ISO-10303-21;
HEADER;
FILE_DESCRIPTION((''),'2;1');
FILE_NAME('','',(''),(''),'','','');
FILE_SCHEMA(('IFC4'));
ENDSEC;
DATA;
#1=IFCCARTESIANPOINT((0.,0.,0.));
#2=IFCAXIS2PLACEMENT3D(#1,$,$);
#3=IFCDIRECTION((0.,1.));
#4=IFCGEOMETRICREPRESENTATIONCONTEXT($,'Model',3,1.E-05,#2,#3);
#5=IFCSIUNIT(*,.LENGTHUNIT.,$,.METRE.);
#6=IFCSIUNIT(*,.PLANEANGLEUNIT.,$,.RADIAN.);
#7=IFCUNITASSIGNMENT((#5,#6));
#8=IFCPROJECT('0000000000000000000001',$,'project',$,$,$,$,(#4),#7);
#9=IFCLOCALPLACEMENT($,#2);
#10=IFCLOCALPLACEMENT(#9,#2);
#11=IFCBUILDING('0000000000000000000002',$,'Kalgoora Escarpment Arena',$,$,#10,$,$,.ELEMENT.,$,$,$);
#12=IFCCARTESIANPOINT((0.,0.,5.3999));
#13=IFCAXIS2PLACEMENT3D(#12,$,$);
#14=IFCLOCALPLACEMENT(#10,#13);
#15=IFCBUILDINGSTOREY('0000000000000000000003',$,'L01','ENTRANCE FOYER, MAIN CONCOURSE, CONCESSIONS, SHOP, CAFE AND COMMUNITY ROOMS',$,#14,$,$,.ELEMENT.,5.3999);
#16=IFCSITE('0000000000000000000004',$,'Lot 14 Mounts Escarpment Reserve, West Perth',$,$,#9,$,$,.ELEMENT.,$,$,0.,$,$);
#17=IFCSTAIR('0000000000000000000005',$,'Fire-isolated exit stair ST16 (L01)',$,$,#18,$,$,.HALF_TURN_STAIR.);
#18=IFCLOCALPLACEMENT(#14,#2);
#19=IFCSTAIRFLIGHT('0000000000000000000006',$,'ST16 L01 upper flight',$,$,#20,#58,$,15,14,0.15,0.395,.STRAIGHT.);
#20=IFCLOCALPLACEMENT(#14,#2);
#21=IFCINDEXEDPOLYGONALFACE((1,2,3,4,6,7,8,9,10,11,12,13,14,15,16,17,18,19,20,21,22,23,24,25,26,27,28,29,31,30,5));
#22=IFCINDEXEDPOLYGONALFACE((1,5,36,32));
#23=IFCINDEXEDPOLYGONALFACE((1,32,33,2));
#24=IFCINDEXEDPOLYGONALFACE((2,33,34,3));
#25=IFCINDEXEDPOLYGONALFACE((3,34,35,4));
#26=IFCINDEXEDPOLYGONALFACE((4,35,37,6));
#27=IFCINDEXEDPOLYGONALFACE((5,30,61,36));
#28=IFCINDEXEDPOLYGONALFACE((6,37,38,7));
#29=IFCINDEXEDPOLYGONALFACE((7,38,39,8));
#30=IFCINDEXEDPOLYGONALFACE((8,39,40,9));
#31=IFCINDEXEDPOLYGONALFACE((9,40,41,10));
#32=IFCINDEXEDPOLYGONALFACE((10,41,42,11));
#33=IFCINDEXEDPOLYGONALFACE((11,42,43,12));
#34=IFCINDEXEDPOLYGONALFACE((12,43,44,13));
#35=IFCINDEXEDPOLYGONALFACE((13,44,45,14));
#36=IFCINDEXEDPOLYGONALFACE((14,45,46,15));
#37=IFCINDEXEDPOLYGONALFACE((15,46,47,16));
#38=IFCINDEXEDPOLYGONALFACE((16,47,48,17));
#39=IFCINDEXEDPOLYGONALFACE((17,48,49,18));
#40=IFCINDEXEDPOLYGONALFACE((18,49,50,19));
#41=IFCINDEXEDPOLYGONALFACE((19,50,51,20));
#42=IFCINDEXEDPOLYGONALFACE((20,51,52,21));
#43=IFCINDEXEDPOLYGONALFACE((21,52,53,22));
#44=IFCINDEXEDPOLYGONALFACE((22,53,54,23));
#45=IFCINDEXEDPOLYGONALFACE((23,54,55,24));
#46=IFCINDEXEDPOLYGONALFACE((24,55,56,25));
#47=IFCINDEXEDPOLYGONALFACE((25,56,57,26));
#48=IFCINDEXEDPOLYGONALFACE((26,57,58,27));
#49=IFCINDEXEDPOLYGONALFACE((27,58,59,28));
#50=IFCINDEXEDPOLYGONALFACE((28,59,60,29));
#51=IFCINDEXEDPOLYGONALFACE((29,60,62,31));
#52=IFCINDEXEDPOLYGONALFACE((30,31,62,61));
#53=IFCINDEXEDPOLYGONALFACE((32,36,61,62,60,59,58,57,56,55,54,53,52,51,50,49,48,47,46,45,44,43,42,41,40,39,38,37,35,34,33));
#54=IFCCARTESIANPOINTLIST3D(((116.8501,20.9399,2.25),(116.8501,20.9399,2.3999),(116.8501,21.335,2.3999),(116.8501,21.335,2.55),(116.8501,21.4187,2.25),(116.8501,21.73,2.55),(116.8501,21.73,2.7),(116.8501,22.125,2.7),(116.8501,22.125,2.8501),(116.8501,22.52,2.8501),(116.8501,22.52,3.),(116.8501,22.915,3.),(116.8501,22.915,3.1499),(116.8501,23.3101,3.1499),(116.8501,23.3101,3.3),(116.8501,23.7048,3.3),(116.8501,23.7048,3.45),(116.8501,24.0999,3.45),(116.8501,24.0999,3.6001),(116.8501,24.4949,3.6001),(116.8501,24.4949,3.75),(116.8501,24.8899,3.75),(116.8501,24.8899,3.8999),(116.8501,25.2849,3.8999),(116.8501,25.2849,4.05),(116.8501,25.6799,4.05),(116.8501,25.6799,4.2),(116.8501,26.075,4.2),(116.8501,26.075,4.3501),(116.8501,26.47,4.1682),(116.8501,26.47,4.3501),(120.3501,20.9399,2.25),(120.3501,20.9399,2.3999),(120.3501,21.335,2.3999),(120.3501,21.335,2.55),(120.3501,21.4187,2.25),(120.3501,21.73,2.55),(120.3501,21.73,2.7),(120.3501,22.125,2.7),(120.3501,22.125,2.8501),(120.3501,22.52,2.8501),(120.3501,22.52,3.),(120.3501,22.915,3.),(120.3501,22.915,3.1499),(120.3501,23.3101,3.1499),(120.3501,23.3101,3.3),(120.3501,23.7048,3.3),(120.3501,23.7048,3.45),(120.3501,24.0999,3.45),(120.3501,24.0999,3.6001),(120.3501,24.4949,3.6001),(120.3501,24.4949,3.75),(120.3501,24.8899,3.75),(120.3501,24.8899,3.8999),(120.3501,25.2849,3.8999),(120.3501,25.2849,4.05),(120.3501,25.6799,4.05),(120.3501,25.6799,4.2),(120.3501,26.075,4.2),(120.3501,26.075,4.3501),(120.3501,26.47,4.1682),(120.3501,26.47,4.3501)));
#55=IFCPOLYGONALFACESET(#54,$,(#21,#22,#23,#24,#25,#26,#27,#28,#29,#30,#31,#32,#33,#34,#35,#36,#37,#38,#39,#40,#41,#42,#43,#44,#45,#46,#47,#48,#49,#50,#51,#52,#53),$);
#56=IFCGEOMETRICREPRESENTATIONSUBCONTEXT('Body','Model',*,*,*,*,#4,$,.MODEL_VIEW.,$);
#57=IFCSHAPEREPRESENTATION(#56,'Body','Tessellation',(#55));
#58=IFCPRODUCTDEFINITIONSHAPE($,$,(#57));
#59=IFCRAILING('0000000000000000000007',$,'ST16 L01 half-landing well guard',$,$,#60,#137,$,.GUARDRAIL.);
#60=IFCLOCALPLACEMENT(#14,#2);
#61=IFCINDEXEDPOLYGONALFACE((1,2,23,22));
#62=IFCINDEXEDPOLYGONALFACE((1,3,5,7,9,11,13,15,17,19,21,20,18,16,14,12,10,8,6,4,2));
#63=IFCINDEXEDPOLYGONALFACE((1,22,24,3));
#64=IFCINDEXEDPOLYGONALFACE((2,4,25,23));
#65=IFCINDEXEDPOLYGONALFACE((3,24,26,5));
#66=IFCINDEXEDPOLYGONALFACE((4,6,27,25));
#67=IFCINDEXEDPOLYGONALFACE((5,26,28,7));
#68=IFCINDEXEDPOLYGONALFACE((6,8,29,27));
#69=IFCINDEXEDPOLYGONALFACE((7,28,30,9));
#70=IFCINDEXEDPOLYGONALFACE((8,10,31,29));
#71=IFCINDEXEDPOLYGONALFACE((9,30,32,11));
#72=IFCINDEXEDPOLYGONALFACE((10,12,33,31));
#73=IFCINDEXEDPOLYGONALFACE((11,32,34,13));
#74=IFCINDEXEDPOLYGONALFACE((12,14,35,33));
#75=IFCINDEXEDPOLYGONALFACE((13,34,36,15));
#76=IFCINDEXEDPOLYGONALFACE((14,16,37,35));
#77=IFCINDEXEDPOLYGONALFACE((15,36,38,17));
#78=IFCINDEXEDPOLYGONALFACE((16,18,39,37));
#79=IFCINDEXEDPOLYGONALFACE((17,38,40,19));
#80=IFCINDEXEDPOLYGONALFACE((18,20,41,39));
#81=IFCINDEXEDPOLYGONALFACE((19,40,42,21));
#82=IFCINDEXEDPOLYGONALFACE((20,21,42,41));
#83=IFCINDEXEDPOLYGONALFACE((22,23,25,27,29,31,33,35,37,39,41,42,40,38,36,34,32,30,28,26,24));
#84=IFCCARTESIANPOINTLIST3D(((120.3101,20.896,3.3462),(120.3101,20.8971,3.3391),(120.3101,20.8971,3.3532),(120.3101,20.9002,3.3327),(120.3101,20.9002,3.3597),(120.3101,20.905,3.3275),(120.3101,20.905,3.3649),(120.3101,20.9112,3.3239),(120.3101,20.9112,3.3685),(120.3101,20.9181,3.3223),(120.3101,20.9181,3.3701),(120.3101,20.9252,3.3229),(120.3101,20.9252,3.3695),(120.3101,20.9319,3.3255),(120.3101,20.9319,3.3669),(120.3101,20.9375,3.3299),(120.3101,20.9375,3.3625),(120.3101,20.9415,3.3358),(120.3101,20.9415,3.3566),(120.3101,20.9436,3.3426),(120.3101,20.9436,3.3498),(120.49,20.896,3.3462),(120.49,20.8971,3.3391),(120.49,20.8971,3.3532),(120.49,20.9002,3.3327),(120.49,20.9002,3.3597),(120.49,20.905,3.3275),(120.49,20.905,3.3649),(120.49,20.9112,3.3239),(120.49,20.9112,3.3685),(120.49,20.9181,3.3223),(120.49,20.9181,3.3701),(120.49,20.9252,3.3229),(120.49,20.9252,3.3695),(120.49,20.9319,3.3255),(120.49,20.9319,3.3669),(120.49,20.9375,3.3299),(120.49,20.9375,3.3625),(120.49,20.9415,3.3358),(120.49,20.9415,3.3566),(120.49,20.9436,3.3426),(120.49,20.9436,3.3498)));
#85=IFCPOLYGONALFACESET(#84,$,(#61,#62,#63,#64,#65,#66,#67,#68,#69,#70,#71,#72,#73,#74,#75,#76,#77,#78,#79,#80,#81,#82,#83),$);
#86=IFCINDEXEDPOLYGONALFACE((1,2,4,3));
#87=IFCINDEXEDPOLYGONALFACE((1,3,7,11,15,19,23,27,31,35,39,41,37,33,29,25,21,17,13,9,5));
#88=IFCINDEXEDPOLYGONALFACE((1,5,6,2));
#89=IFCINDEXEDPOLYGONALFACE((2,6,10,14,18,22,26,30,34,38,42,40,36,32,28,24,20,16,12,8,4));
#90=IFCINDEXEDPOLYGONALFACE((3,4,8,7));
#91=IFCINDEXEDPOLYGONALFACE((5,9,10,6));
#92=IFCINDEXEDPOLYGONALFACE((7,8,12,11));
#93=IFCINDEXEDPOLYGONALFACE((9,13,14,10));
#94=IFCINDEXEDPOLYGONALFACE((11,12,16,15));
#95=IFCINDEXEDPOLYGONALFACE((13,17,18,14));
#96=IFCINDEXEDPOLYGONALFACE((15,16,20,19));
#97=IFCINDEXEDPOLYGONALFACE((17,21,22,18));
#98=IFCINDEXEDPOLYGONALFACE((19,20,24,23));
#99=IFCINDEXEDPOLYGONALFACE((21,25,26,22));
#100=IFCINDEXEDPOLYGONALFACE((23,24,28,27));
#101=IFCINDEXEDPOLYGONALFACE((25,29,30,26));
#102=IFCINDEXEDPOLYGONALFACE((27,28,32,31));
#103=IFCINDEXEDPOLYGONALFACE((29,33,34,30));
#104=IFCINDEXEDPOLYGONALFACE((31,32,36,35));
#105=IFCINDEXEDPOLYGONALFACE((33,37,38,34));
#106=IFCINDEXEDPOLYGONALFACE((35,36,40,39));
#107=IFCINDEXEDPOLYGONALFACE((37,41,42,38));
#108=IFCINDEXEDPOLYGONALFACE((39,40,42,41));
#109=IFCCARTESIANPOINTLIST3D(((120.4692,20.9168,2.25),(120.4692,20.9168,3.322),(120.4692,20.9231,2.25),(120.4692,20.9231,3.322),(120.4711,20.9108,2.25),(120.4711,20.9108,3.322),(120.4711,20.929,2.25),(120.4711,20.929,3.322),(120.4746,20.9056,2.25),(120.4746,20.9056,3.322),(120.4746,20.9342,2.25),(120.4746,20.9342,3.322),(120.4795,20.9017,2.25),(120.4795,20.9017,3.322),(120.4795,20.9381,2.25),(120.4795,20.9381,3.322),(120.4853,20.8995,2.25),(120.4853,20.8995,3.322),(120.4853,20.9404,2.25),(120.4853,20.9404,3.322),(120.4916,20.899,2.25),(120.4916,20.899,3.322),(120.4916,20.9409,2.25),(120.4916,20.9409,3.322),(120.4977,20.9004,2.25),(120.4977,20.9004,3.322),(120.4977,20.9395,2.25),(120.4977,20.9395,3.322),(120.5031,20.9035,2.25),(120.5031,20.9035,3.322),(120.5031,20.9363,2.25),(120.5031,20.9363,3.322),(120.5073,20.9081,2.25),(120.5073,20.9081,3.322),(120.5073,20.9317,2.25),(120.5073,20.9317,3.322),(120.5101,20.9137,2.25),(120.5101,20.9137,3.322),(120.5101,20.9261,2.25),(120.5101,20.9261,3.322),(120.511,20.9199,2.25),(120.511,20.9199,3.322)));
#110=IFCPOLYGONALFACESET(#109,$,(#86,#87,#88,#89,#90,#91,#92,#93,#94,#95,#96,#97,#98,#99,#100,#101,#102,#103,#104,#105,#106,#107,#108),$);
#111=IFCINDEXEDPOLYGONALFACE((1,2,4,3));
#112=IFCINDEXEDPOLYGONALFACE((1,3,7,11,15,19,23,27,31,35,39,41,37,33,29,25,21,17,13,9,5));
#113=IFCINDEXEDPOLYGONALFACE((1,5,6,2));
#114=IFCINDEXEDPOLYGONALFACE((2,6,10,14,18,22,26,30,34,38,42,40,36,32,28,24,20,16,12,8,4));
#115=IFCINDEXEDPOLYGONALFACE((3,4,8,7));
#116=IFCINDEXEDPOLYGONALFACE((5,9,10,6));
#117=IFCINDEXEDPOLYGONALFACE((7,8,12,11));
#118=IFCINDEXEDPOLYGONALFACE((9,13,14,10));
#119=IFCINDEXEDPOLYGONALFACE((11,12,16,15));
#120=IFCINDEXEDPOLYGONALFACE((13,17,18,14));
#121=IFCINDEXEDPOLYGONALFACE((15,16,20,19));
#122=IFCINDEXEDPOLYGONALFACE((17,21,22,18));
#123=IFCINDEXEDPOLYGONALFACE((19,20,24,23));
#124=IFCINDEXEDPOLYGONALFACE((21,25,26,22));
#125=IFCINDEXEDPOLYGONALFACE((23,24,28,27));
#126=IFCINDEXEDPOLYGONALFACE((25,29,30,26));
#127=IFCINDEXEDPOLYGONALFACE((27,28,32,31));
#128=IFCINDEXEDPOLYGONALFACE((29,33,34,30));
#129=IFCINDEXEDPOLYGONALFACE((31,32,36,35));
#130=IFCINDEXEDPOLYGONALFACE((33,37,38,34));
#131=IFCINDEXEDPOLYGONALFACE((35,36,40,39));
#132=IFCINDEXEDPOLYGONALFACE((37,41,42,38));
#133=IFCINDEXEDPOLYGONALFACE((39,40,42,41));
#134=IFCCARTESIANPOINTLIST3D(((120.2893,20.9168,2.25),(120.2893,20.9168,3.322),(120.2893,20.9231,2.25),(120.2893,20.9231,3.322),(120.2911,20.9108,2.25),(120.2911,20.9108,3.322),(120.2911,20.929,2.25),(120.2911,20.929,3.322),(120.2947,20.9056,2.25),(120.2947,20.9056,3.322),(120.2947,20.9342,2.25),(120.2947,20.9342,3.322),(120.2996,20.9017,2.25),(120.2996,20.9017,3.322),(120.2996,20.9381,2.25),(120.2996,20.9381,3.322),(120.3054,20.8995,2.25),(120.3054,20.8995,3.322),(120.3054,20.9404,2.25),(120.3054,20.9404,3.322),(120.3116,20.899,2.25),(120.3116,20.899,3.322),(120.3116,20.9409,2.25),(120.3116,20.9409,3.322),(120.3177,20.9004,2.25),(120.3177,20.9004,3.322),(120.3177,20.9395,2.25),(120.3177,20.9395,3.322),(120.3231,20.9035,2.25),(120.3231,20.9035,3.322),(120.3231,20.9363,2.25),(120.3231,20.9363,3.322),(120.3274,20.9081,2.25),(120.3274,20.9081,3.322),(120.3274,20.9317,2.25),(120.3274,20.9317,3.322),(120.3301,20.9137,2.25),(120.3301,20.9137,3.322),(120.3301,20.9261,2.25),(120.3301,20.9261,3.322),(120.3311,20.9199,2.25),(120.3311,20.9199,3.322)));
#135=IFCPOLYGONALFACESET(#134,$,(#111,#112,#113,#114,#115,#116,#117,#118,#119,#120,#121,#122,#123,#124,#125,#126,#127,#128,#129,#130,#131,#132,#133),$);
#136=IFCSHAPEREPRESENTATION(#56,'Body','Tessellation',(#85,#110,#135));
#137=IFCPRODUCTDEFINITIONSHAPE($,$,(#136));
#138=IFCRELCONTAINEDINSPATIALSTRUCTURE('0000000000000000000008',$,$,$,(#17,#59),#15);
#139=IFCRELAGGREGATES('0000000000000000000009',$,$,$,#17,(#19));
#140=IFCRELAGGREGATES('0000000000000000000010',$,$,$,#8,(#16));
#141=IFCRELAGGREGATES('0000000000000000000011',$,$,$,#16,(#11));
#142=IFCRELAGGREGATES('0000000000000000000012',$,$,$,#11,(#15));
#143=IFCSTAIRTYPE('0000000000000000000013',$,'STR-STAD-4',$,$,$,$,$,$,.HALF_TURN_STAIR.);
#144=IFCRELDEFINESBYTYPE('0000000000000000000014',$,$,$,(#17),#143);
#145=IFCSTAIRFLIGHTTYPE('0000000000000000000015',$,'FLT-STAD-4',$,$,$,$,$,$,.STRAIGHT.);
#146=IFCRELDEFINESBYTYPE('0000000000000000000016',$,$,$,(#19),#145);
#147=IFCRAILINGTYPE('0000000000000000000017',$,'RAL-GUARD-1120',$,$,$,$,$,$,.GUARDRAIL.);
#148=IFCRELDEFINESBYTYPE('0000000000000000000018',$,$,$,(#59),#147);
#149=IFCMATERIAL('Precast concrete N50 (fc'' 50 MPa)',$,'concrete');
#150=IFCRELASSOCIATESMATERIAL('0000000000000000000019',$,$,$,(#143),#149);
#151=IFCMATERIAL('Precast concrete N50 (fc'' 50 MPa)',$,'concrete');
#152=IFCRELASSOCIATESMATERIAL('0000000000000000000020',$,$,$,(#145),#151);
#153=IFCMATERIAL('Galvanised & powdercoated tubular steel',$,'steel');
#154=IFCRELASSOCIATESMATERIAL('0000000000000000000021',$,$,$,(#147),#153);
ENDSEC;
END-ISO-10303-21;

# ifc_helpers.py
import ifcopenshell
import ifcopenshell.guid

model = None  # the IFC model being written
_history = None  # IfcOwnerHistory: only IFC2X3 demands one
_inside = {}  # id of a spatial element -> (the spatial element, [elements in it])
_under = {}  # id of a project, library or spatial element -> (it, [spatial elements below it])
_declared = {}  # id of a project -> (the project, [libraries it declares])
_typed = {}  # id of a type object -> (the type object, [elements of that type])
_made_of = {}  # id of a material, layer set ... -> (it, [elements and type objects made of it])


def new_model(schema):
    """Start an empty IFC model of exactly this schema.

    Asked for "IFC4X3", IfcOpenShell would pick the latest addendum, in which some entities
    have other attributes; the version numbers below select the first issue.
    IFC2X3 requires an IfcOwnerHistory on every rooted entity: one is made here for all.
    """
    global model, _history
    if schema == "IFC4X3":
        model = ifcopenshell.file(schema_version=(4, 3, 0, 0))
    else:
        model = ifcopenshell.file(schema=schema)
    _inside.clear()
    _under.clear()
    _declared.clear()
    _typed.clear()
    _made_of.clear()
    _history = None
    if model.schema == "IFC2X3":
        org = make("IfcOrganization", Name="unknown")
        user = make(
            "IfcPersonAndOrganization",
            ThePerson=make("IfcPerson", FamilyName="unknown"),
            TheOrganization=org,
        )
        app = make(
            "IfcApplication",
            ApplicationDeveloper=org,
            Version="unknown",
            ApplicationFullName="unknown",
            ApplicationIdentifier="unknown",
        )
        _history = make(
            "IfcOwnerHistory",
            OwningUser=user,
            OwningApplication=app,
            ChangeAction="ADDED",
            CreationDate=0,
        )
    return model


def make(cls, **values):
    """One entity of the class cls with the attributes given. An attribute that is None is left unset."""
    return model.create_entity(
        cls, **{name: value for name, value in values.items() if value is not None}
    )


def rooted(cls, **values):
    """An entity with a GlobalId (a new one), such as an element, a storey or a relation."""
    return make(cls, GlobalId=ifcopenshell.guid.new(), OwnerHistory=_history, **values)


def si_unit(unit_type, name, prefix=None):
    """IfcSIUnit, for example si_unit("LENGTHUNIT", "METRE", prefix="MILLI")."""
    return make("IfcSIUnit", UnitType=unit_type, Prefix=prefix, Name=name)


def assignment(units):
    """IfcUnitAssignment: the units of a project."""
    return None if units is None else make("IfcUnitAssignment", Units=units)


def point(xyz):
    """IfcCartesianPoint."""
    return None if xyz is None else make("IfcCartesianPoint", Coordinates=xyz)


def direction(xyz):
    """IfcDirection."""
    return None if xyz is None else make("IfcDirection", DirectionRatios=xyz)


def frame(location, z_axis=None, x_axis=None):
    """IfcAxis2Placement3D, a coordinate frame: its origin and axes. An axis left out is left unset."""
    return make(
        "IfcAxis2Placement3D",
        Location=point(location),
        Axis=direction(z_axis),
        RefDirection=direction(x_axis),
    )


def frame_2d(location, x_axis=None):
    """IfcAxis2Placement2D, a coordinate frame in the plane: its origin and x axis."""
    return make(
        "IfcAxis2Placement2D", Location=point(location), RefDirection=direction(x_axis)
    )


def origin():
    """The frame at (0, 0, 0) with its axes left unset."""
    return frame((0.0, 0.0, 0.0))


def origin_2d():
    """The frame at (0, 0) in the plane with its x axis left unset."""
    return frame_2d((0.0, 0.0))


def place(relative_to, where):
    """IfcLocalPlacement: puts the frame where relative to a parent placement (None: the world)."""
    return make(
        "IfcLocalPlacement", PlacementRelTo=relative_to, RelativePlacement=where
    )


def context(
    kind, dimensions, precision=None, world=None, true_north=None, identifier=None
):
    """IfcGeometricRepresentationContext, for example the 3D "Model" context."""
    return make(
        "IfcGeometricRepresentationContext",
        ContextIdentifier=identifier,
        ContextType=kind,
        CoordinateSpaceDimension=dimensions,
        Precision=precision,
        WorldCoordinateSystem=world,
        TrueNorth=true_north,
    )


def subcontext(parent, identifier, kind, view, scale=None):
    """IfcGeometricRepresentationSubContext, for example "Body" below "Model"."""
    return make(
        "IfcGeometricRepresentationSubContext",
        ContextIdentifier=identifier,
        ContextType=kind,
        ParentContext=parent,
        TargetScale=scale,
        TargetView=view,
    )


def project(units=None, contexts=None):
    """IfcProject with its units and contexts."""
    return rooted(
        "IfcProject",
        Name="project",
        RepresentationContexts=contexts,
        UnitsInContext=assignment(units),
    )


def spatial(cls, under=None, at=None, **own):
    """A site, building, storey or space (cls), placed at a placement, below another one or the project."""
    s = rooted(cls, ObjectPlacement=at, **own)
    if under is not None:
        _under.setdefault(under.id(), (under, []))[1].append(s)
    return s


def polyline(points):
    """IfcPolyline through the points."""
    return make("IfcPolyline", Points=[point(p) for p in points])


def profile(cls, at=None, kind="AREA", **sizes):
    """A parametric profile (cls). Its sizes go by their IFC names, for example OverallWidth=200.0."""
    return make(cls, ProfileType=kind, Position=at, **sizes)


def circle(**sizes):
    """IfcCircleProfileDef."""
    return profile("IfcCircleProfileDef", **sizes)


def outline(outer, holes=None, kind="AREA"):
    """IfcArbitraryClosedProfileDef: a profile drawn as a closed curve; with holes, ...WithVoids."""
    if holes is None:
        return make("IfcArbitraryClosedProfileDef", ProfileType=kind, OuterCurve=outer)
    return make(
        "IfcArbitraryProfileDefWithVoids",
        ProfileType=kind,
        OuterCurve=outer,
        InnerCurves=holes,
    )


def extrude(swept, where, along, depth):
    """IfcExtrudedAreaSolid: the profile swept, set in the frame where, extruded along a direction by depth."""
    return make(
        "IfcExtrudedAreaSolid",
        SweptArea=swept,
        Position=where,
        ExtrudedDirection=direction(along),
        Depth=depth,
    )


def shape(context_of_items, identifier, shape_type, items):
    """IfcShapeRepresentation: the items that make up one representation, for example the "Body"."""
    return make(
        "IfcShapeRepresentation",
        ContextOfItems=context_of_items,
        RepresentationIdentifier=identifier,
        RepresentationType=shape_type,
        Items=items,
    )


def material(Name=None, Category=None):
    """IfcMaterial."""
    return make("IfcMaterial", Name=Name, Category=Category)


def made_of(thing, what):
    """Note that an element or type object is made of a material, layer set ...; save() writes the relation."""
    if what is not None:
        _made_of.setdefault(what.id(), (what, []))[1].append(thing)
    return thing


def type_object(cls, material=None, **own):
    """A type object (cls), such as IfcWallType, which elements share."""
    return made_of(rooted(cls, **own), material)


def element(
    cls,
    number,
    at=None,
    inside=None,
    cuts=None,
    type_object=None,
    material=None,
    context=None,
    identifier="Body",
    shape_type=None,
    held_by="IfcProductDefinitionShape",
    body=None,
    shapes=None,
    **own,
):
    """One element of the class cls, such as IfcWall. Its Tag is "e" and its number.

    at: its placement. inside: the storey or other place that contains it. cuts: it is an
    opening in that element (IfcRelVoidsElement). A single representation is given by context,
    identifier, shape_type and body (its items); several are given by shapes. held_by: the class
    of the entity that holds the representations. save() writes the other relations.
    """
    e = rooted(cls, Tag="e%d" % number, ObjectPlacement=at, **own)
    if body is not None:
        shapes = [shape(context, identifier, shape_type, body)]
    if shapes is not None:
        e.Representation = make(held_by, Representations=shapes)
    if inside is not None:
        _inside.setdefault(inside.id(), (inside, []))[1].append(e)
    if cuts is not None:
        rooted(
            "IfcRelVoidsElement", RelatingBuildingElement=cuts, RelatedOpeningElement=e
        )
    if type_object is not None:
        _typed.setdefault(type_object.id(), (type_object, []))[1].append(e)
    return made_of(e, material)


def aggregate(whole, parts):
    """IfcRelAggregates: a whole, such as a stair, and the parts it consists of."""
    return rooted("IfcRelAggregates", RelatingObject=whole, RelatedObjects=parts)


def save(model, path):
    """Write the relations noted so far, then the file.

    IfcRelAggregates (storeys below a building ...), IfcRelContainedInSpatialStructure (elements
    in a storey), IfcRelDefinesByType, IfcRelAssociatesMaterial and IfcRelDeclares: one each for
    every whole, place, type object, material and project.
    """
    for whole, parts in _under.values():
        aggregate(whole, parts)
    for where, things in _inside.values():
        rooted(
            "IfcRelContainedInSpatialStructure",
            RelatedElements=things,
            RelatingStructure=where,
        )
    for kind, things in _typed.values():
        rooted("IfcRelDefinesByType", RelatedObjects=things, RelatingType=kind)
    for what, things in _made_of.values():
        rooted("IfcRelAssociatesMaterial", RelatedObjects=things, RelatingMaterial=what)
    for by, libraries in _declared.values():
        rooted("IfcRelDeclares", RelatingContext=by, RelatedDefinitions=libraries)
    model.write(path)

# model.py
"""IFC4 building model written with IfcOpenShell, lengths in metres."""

from ifc_helpers import new_model, si_unit, direction, frame, origin, origin_2d, place, context, subcontext, project, spatial, polyline, circle, outline, extrude, material, type_object, element, aggregate, save


model = new_model("IFC4")

# Units and contexts
model_context = context("Model", 3, precision=1e-05, world=origin(), true_north=direction((0.0, 1.0)))
body_context = subcontext(model_context, "Body", "Model", "MODEL_VIEW")
ifc_project = project(units=[si_unit("LENGTHUNIT", "METRE"), si_unit("PLANEANGLEUNIT", "RADIAN")], contexts=[model_context])

# Site, building, storey
site_placement = place(None, origin())
site = spatial("IfcSite", under=ifc_project, at=site_placement, Name="Lot 14 Mounts Escarpment Reserve, West Perth", CompositionType="ELEMENT", RefElevation=0.0)
building_placement = place(site_placement, origin())
building = spatial("IfcBuilding", under=site, at=building_placement, Name="Kalgoora Escarpment Arena", CompositionType="ELEMENT")
storey_placement = place(building_placement, frame((0.0, 0.0, 5.3999)))
storey = spatial("IfcBuildingStorey", under=building, at=storey_placement, Name="L01", Description="ENTRANCE FOYER, MAIN CONCOURSE, CONCESSIONS, SHOP, CAFE AND COMMUNITY ROOMS", CompositionType="ELEMENT", Elevation=5.3999)

# Stair, stair flight
ifc_material_1 = material(Name="Precast concrete N50 (fc' 50 MPa)", Category="concrete")
stair_type = type_object("IfcStairType", Name="STR-STAD-4", PredefinedType="HALF_TURN_STAIR", material=ifc_material_1)
stair_placement = place(storey_placement, origin())
stair = element("IfcStair", 1, at=stair_placement, inside=storey, type_object=stair_type, Name="Fire-isolated exit stair ST16 (L01)", PredefinedType="HALF_TURN_STAIR")
ifc_material_2 = material(Name="Precast concrete N50 (fc' 50 MPa)", Category="concrete")
stair_flight_type = type_object("IfcStairFlightType", Name="FLT-STAD-4", PredefinedType="STRAIGHT", material=ifc_material_2)
stair_flight_1_placement = place(storey_placement, frame((118.6001, 20.9399, 2.25), z_axis=(0.0, 0.0, 1.0), x_axis=(0.0, 1.0, 0.0)))
stair_flight_1 = element("IfcStairFlight", 2, at=stair_flight_1_placement, type_object=stair_flight_type, Name="ST16 L01 upper flight", NumberOfRisers=15, NumberOfTreads=14, PredefinedType="STRAIGHT", RiserHeight=0.15, TreadLength=0.395, context=body_context, shape_type="SweptSolid", body=[
    extrude(outline(polyline([(0.0, 0.0), (0.0, 0.1499), (0.395, 0.1499), (0.395, 0.3), (0.79, 0.3), (0.79, 0.45), (1.1851, 0.45), (1.1851, 0.6001), (1.5801, 0.6001), (1.5801, 0.75), (1.9751, 0.75), (1.9751, 0.8999), (2.3701, 0.8999), (2.3701, 1.05), (2.7649, 1.05), (2.7649, 1.2), (3.1599, 1.2), (3.1599, 1.3501), (3.5549, 1.3501), (3.5549, 1.5), (3.95, 1.5), (3.95, 1.6499), (4.345, 1.6499), (4.345, 1.8), (4.74, 1.8), (4.74, 1.95), (5.135, 1.95), (5.135, 2.1001), (5.53, 2.1001), (5.53, 2.25), (5.53, 1.9182), (0.4788, 0.0), (0.0, 0.0)])), frame((0.0, 1.75, 0.0), z_axis=(0.0, -1.0, 0.0), x_axis=(1.0, 0.0, 0.0)), (0.0, 0.0, 1.0), 3.5),
])
aggregate(stair, [stair_flight_1])

# Railing
ifc_material_3 = material(Name="Galvanised & powdercoated tubular steel", Category="steel")
railing_type_1 = type_object("IfcRailingType", Name="RAL-GUARD-1120", PredefinedType="GUARDRAIL", material=ifc_material_3)
railing_1_placement = place(storey_placement, frame((120.49, 20.9199, 2.25)))
element("IfcRailing", 3, at=railing_1_placement, inside=storey, type_object=railing_type_1, Name="ST16 L01 half-landing well guard", PredefinedType="GUARDRAIL", context=body_context, shape_type="SweptSolid", body=[
    extrude(circle(Radius=0.0239, at=origin_2d()), frame((0.0, 0.0, 1.0962), z_axis=(-1.0, 0.0, 0.0), x_axis=(0.0, -1.0, 0.0)), (0.0, 0.0, 1.0), 0.1799),
    extrude(circle(Radius=0.021, at=origin_2d()), origin(), (0.0, 0.0, 1.0), 1.072),
    extrude(circle(Radius=0.021, at=origin_2d()), frame((-0.1799, 0.0, 0.0)), (0.0, 0.0, 1.0), 1.072),
])

save(model, "model.ifc")
